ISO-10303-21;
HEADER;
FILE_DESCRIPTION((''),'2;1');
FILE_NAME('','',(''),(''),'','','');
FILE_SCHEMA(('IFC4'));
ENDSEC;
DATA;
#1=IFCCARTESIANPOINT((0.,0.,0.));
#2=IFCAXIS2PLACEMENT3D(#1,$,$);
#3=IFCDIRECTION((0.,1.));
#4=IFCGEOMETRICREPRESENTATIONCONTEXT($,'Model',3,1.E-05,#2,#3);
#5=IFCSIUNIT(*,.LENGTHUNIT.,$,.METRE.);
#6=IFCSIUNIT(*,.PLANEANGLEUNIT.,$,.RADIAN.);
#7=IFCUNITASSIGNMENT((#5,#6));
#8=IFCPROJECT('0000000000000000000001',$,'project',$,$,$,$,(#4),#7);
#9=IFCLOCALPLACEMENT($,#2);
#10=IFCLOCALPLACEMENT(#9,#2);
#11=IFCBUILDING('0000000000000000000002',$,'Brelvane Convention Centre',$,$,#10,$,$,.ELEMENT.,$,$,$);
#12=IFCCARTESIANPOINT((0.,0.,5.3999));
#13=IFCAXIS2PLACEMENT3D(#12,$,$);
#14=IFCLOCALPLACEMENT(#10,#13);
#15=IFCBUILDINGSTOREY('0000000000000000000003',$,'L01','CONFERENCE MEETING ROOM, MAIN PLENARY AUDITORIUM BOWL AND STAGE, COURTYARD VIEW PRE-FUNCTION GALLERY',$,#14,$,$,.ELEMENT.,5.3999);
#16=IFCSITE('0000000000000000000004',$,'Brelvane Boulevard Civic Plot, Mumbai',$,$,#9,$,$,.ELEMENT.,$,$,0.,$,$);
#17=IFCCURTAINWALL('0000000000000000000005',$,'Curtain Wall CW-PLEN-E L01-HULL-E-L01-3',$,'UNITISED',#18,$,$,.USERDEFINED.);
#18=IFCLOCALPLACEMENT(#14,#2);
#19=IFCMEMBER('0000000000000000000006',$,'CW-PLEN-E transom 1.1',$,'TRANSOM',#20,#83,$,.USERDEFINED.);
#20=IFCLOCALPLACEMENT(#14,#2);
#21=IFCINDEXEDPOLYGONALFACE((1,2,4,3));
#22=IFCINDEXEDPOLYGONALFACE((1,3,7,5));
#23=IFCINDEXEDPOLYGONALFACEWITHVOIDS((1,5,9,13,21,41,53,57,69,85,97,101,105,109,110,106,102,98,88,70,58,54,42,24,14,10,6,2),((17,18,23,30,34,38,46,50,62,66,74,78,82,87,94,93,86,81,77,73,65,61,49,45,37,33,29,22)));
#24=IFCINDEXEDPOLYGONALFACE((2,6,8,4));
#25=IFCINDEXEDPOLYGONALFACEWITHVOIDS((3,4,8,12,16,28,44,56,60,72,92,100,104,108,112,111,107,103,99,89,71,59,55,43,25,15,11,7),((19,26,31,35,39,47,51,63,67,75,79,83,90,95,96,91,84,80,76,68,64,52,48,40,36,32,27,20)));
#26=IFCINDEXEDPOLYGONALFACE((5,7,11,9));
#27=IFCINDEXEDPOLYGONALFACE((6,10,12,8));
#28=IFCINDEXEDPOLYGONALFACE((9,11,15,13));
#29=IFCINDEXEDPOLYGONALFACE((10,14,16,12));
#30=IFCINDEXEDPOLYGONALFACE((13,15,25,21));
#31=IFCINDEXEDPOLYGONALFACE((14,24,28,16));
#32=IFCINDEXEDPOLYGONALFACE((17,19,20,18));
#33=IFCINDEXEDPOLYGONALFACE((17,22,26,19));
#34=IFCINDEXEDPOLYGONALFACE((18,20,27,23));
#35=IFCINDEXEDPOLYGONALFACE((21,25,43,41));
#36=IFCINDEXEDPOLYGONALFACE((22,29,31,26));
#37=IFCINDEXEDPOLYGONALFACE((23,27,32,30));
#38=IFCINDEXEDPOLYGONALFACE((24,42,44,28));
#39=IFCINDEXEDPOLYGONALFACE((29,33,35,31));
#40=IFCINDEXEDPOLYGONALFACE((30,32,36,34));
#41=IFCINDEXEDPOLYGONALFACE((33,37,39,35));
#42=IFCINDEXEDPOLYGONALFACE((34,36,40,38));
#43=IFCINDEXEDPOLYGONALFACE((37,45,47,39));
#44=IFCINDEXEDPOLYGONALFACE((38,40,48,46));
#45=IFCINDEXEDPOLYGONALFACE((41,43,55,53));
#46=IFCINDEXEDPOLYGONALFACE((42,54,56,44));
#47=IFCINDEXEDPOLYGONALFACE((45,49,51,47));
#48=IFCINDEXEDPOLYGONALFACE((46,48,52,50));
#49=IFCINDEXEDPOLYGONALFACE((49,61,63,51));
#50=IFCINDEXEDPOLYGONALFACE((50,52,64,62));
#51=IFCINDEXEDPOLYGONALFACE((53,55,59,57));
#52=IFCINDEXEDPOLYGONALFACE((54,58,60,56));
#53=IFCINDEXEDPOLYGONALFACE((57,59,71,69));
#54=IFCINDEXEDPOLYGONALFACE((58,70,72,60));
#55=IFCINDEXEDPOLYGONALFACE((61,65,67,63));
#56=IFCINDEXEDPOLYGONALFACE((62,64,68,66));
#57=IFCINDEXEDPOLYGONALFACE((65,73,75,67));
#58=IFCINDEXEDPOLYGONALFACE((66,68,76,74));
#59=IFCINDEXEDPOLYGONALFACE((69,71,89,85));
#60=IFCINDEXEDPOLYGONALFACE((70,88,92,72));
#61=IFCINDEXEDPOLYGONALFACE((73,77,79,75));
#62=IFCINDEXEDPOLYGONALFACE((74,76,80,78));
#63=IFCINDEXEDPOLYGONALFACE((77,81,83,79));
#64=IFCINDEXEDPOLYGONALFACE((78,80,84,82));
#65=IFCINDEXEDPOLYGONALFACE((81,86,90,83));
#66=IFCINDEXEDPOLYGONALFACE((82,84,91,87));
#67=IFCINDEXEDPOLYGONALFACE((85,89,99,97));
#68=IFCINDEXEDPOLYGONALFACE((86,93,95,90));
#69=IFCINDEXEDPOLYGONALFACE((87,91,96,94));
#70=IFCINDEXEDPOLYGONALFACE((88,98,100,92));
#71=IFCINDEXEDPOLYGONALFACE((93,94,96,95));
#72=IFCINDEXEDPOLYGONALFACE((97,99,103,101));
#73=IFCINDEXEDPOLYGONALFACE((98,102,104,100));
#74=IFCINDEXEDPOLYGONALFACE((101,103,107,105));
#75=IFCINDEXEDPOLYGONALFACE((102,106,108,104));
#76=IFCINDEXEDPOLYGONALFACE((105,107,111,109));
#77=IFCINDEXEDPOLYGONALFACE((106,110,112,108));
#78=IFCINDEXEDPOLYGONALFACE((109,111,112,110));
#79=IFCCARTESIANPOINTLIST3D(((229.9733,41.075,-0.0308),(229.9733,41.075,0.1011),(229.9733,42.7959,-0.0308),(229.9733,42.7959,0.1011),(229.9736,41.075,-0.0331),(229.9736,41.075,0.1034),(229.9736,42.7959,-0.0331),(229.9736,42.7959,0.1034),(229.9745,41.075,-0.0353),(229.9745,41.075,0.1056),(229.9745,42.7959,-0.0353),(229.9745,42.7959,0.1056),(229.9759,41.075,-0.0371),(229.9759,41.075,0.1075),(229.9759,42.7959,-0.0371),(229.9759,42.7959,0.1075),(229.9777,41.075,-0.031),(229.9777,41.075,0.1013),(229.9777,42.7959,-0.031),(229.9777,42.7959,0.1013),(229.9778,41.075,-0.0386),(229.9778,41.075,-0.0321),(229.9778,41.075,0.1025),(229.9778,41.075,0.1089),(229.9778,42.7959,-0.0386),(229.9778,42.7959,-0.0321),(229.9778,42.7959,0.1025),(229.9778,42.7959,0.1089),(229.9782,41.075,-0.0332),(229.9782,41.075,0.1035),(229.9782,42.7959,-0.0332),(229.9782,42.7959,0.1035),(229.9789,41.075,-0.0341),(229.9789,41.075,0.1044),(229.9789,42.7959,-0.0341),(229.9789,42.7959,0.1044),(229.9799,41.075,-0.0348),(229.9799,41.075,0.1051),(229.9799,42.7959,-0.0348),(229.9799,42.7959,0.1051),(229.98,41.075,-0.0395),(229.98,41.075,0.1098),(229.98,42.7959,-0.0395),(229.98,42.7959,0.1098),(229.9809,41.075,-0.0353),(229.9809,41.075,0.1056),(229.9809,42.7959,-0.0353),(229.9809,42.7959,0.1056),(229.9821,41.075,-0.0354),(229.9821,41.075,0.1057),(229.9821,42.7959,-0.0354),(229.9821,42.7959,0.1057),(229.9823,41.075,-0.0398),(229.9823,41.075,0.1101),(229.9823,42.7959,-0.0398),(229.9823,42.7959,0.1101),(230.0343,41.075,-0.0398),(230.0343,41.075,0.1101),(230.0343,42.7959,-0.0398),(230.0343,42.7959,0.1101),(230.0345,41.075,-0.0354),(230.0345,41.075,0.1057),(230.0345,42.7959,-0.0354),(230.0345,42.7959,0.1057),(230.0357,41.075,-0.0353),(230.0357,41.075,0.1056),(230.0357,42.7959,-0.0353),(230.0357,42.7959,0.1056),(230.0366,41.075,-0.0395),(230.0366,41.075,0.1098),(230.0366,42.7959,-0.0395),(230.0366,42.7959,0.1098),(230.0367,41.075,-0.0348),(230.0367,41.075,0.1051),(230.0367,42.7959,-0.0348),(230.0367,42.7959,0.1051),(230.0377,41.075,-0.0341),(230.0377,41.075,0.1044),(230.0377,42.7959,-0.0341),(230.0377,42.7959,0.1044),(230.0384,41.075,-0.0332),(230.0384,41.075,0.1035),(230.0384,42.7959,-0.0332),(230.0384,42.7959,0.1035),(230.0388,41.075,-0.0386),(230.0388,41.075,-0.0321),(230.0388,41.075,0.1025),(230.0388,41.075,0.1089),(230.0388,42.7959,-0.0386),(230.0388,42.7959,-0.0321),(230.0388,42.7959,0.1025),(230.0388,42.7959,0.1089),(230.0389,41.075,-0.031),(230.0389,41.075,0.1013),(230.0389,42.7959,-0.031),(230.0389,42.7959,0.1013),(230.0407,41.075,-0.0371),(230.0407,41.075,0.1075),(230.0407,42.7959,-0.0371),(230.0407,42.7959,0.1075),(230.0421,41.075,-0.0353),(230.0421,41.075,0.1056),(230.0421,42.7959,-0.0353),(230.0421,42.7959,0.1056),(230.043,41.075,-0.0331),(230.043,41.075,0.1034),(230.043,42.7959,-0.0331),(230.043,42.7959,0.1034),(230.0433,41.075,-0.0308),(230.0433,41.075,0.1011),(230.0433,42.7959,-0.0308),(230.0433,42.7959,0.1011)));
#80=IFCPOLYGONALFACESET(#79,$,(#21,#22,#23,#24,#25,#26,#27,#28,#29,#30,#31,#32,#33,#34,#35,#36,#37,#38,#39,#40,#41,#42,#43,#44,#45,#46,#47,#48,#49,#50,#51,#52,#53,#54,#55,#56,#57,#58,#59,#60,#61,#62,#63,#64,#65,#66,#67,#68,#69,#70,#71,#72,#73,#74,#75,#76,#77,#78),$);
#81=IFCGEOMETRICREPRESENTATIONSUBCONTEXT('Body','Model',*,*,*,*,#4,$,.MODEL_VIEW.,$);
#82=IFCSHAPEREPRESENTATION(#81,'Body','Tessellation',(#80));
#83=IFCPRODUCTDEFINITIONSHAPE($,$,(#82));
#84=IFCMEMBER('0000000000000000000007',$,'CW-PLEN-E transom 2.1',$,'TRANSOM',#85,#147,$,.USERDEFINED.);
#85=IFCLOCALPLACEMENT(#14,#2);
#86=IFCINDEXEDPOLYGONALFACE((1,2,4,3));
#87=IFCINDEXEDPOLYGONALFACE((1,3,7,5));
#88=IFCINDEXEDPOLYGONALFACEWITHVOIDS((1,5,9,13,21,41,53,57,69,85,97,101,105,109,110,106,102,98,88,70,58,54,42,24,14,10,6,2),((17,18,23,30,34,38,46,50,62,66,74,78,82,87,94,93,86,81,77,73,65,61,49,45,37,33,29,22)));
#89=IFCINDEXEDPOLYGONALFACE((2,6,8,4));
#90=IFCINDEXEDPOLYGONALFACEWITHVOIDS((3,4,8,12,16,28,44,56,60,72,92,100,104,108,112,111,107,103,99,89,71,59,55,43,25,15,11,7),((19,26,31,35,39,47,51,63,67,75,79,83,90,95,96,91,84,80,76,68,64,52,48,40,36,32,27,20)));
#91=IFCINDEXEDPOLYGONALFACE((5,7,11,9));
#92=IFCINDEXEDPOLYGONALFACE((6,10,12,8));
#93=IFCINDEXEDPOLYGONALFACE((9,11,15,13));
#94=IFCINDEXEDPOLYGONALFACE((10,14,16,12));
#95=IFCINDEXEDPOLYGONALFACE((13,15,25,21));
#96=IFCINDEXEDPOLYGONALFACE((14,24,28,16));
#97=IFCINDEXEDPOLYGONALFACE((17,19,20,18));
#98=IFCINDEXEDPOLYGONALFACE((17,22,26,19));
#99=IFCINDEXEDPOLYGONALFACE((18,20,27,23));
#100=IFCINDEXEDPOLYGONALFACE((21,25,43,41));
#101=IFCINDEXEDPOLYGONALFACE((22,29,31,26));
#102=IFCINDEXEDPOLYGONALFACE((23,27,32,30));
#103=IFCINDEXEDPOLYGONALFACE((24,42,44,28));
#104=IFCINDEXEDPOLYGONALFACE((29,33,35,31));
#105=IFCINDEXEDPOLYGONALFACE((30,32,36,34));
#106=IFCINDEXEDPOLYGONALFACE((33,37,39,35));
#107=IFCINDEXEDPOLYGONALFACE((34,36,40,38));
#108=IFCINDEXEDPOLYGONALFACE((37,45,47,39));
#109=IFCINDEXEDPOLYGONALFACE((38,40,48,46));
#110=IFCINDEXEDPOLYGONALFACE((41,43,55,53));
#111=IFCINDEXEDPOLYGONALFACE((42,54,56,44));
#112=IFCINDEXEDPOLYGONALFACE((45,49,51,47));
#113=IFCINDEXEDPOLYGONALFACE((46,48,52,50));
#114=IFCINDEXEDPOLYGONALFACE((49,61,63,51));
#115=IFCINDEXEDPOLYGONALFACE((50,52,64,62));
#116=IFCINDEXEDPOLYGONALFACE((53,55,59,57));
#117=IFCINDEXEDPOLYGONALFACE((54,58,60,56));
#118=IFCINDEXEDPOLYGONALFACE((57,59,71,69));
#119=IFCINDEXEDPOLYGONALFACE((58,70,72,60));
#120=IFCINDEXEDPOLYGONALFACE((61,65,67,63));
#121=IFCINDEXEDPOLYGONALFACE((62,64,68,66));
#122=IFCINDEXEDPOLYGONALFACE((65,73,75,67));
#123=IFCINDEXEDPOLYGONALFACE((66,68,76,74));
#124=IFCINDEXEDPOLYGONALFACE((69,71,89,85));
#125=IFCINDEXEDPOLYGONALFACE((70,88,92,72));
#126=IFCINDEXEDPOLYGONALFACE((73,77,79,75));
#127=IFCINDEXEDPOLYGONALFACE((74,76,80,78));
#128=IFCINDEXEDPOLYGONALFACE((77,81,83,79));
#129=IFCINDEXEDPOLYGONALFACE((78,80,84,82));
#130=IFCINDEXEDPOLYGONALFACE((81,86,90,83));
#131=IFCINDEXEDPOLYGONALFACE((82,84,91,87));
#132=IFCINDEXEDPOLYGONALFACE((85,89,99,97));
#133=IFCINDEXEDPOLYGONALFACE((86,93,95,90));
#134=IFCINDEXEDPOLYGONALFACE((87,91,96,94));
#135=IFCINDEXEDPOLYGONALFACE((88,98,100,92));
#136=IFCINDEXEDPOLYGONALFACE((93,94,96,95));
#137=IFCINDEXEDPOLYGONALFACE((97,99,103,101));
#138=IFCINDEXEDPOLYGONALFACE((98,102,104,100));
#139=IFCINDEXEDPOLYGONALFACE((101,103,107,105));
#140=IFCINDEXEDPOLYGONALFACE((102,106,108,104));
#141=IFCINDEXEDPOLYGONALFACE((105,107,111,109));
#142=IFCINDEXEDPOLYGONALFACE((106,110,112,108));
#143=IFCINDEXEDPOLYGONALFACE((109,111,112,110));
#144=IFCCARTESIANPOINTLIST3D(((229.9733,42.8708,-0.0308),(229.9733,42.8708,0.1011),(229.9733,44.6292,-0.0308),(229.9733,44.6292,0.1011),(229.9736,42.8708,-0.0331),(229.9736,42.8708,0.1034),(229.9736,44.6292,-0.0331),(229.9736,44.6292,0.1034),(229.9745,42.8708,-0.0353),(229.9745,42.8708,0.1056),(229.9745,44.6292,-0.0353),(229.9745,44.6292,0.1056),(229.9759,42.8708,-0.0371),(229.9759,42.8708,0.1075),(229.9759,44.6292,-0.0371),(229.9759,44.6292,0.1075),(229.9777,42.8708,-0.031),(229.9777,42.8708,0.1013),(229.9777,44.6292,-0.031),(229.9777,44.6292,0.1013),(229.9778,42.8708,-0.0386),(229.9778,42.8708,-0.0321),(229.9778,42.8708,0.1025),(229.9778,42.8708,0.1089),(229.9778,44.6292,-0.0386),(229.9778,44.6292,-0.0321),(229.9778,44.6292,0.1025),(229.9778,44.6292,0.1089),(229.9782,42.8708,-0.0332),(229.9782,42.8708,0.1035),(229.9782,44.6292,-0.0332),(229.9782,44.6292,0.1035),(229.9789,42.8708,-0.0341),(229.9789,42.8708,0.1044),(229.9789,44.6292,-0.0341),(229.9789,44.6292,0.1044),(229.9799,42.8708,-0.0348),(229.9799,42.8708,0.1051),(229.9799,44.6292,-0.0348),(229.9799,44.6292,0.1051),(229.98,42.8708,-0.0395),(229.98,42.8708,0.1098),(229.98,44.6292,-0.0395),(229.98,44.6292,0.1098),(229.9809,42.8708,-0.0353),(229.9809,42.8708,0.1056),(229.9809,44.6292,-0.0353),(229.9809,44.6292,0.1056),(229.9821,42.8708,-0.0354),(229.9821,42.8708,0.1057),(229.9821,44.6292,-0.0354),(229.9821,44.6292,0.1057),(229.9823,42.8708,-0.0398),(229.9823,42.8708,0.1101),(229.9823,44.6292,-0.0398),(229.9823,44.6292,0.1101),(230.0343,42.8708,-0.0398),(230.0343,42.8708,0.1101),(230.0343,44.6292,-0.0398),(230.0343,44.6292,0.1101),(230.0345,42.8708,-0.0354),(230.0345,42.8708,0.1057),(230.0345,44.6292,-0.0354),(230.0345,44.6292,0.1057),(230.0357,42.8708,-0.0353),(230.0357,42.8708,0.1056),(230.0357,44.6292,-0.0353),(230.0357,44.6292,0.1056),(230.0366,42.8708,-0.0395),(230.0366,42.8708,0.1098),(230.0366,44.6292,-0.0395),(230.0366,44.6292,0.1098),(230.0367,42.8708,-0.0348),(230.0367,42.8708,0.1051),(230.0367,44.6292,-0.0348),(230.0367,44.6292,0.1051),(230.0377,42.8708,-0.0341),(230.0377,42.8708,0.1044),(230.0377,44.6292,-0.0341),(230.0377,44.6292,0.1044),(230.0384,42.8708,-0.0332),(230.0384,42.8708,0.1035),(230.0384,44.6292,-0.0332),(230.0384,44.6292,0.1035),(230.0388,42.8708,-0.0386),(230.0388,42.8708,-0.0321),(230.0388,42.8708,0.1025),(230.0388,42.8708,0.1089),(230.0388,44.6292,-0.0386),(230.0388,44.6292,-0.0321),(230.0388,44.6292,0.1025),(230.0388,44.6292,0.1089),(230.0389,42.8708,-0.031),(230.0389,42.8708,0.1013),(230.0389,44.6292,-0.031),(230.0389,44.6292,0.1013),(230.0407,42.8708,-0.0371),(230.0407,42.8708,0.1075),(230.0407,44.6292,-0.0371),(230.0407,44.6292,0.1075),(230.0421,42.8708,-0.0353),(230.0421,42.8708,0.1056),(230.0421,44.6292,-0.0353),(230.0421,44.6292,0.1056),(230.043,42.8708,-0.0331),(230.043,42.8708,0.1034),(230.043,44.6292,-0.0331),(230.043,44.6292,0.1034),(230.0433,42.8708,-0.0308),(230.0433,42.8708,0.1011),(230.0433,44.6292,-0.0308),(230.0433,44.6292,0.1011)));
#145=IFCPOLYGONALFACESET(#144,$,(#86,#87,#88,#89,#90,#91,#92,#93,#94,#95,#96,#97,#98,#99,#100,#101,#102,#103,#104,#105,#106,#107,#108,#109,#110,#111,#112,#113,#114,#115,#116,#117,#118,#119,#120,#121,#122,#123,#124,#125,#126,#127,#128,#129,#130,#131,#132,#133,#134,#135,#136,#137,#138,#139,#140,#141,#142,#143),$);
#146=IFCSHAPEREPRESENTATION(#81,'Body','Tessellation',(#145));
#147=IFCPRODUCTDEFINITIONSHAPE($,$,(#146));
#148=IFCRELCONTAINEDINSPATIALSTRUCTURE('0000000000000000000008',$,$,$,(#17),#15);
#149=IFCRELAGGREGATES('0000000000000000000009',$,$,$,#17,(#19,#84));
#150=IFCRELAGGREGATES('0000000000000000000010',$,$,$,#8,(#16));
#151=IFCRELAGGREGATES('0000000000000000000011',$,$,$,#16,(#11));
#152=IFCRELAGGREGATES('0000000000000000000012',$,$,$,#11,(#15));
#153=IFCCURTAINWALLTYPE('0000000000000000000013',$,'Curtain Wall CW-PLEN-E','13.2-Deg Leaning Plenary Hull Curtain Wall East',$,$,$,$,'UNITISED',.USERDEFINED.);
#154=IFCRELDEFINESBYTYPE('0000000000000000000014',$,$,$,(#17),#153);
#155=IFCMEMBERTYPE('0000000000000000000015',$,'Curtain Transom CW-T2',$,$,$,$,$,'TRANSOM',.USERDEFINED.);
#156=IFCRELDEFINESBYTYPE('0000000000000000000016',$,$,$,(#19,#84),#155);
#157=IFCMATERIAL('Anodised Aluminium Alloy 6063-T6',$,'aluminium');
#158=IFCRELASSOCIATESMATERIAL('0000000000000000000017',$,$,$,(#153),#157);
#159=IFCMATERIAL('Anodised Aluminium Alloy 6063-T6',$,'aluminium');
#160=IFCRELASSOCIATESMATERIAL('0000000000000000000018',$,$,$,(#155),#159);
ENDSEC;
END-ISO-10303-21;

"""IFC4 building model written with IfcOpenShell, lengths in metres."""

from ifc_helpers import new_model, si_unit, direction, frame, origin, origin_2d, place, context, subcontext, project, spatial, hollow_rectangle, extrude, material, material_profile, profile_set, type_object, element, aggregate, save


model = new_model("IFC4")

# Units and contexts
model_context = context("Model", 3, precision=1e-05, world=origin(), true_north=direction((0.0, 1.0)))
body_context = subcontext(model_context, "Body", "Model", "MODEL_VIEW")
ifc_project = project(units=[si_unit("LENGTHUNIT", "METRE"), si_unit("PLANEANGLEUNIT", "RADIAN")], contexts=[model_context])

# Site, building, storey
site_placement = place(None, origin())
site = spatial("IfcSite", under=ifc_project, at=site_placement, Name="Brelvane Boulevard Civic Plot, Mumbai", CompositionType="ELEMENT", RefElevation=0.0)
building_placement = place(site_placement, origin())
building = spatial("IfcBuilding", under=site, at=building_placement, Name="Brelvane Convention Centre", CompositionType="ELEMENT")
storey_placement = place(building_placement, frame((0.0, 0.0, 5.3999)))
storey = spatial("IfcBuildingStorey", under=building, at=storey_placement, Name="L01", Description="CONFERENCE MEETING ROOM, MAIN PLENARY AUDITORIUM BOWL AND STAGE, COURTYARD VIEW PRE-FUNCTION GALLERY", CompositionType="ELEMENT", Elevation=5.3999)

# Curtain wall, members
ifc_material_1 = material(Name="Anodised Aluminium Alloy 6063-T6", Category="aluminium")
curtain_wall_type = type_object("IfcCurtainWallType", Name="Curtain Wall CW-PLEN-E", Description="13.2-Deg Leaning Plenary Hull Curtain Wall East", ElementType="UNITISED", PredefinedType="USERDEFINED", material=ifc_material_1)
curtain_wall_placement = place(storey_placement, origin())
curtain_wall = element("IfcCurtainWall", 1, at=curtain_wall_placement, inside=storey, type_object=curtain_wall_type, Name="Curtain Wall CW-PLEN-E L01-HULL-E-L01-3", ObjectType="UNITISED", PredefinedType="USERDEFINED")
ifc_material_2 = material(Name="Anodised Aluminium Alloy 6063-T6", Category="aluminium")
ifc_material_profile_1 = material_profile(ifc_material_2, hollow_rectangle(XDim=0.0701, YDim=0.1499, WallThickness=0.0044, InnerFilletRadius=0.0044, OuterFilletRadius=0.009, at=origin_2d()), Name="ALU-T 150x70x4.5")
ifc_profile_set_1 = profile_set([ifc_material_profile_1], Name="Anodised Aluminium Alloy 6063-T6")
member_type_1 = type_object("IfcMemberType", Name="Curtain Transom CW-T2", ElementType="TRANSOM", PredefinedType="USERDEFINED", material=ifc_profile_set_1)
member_1_placement = place(storey_placement, frame((230.0083, 41.075, 0.0352), z_axis=(0.0, 1.0, 0.0), x_axis=(-1.0, 0.0, 0.0)))
member_1 = element("IfcMember", 2, at=member_1_placement, type_object=member_type_1, Name="CW-PLEN-E transom 1.1", ObjectType="TRANSOM", PredefinedType="USERDEFINED", context=body_context, shape_type="SweptSolid", body=[
    extrude(hollow_rectangle(XDim=0.0701, YDim=0.1499, WallThickness=0.0044, InnerFilletRadius=0.0044, OuterFilletRadius=0.009, at=origin_2d()), origin(), (0.0, 0.0, 1.0), 1.7209),
])
member_2_placement = place(storey_placement, frame((230.0083, 42.8708, 0.0352), z_axis=(0.0, 1.0, 0.0), x_axis=(-1.0, 0.0, 0.0)))
member_2 = element("IfcMember", 3, at=member_2_placement, type_object=member_type_1, Name="CW-PLEN-E transom 2.1", ObjectType="TRANSOM", PredefinedType="USERDEFINED", context=body_context, shape_type="SweptSolid", body=[
    extrude(hollow_rectangle(XDim=0.0701, YDim=0.1499, WallThickness=0.0044, InnerFilletRadius=0.0044, OuterFilletRadius=0.009, at=origin_2d()), origin(), (0.0, 0.0, 1.0), 1.7583),
])

aggregate(curtain_wall, [member_1, member_2])

save(model, "model.ifc")
